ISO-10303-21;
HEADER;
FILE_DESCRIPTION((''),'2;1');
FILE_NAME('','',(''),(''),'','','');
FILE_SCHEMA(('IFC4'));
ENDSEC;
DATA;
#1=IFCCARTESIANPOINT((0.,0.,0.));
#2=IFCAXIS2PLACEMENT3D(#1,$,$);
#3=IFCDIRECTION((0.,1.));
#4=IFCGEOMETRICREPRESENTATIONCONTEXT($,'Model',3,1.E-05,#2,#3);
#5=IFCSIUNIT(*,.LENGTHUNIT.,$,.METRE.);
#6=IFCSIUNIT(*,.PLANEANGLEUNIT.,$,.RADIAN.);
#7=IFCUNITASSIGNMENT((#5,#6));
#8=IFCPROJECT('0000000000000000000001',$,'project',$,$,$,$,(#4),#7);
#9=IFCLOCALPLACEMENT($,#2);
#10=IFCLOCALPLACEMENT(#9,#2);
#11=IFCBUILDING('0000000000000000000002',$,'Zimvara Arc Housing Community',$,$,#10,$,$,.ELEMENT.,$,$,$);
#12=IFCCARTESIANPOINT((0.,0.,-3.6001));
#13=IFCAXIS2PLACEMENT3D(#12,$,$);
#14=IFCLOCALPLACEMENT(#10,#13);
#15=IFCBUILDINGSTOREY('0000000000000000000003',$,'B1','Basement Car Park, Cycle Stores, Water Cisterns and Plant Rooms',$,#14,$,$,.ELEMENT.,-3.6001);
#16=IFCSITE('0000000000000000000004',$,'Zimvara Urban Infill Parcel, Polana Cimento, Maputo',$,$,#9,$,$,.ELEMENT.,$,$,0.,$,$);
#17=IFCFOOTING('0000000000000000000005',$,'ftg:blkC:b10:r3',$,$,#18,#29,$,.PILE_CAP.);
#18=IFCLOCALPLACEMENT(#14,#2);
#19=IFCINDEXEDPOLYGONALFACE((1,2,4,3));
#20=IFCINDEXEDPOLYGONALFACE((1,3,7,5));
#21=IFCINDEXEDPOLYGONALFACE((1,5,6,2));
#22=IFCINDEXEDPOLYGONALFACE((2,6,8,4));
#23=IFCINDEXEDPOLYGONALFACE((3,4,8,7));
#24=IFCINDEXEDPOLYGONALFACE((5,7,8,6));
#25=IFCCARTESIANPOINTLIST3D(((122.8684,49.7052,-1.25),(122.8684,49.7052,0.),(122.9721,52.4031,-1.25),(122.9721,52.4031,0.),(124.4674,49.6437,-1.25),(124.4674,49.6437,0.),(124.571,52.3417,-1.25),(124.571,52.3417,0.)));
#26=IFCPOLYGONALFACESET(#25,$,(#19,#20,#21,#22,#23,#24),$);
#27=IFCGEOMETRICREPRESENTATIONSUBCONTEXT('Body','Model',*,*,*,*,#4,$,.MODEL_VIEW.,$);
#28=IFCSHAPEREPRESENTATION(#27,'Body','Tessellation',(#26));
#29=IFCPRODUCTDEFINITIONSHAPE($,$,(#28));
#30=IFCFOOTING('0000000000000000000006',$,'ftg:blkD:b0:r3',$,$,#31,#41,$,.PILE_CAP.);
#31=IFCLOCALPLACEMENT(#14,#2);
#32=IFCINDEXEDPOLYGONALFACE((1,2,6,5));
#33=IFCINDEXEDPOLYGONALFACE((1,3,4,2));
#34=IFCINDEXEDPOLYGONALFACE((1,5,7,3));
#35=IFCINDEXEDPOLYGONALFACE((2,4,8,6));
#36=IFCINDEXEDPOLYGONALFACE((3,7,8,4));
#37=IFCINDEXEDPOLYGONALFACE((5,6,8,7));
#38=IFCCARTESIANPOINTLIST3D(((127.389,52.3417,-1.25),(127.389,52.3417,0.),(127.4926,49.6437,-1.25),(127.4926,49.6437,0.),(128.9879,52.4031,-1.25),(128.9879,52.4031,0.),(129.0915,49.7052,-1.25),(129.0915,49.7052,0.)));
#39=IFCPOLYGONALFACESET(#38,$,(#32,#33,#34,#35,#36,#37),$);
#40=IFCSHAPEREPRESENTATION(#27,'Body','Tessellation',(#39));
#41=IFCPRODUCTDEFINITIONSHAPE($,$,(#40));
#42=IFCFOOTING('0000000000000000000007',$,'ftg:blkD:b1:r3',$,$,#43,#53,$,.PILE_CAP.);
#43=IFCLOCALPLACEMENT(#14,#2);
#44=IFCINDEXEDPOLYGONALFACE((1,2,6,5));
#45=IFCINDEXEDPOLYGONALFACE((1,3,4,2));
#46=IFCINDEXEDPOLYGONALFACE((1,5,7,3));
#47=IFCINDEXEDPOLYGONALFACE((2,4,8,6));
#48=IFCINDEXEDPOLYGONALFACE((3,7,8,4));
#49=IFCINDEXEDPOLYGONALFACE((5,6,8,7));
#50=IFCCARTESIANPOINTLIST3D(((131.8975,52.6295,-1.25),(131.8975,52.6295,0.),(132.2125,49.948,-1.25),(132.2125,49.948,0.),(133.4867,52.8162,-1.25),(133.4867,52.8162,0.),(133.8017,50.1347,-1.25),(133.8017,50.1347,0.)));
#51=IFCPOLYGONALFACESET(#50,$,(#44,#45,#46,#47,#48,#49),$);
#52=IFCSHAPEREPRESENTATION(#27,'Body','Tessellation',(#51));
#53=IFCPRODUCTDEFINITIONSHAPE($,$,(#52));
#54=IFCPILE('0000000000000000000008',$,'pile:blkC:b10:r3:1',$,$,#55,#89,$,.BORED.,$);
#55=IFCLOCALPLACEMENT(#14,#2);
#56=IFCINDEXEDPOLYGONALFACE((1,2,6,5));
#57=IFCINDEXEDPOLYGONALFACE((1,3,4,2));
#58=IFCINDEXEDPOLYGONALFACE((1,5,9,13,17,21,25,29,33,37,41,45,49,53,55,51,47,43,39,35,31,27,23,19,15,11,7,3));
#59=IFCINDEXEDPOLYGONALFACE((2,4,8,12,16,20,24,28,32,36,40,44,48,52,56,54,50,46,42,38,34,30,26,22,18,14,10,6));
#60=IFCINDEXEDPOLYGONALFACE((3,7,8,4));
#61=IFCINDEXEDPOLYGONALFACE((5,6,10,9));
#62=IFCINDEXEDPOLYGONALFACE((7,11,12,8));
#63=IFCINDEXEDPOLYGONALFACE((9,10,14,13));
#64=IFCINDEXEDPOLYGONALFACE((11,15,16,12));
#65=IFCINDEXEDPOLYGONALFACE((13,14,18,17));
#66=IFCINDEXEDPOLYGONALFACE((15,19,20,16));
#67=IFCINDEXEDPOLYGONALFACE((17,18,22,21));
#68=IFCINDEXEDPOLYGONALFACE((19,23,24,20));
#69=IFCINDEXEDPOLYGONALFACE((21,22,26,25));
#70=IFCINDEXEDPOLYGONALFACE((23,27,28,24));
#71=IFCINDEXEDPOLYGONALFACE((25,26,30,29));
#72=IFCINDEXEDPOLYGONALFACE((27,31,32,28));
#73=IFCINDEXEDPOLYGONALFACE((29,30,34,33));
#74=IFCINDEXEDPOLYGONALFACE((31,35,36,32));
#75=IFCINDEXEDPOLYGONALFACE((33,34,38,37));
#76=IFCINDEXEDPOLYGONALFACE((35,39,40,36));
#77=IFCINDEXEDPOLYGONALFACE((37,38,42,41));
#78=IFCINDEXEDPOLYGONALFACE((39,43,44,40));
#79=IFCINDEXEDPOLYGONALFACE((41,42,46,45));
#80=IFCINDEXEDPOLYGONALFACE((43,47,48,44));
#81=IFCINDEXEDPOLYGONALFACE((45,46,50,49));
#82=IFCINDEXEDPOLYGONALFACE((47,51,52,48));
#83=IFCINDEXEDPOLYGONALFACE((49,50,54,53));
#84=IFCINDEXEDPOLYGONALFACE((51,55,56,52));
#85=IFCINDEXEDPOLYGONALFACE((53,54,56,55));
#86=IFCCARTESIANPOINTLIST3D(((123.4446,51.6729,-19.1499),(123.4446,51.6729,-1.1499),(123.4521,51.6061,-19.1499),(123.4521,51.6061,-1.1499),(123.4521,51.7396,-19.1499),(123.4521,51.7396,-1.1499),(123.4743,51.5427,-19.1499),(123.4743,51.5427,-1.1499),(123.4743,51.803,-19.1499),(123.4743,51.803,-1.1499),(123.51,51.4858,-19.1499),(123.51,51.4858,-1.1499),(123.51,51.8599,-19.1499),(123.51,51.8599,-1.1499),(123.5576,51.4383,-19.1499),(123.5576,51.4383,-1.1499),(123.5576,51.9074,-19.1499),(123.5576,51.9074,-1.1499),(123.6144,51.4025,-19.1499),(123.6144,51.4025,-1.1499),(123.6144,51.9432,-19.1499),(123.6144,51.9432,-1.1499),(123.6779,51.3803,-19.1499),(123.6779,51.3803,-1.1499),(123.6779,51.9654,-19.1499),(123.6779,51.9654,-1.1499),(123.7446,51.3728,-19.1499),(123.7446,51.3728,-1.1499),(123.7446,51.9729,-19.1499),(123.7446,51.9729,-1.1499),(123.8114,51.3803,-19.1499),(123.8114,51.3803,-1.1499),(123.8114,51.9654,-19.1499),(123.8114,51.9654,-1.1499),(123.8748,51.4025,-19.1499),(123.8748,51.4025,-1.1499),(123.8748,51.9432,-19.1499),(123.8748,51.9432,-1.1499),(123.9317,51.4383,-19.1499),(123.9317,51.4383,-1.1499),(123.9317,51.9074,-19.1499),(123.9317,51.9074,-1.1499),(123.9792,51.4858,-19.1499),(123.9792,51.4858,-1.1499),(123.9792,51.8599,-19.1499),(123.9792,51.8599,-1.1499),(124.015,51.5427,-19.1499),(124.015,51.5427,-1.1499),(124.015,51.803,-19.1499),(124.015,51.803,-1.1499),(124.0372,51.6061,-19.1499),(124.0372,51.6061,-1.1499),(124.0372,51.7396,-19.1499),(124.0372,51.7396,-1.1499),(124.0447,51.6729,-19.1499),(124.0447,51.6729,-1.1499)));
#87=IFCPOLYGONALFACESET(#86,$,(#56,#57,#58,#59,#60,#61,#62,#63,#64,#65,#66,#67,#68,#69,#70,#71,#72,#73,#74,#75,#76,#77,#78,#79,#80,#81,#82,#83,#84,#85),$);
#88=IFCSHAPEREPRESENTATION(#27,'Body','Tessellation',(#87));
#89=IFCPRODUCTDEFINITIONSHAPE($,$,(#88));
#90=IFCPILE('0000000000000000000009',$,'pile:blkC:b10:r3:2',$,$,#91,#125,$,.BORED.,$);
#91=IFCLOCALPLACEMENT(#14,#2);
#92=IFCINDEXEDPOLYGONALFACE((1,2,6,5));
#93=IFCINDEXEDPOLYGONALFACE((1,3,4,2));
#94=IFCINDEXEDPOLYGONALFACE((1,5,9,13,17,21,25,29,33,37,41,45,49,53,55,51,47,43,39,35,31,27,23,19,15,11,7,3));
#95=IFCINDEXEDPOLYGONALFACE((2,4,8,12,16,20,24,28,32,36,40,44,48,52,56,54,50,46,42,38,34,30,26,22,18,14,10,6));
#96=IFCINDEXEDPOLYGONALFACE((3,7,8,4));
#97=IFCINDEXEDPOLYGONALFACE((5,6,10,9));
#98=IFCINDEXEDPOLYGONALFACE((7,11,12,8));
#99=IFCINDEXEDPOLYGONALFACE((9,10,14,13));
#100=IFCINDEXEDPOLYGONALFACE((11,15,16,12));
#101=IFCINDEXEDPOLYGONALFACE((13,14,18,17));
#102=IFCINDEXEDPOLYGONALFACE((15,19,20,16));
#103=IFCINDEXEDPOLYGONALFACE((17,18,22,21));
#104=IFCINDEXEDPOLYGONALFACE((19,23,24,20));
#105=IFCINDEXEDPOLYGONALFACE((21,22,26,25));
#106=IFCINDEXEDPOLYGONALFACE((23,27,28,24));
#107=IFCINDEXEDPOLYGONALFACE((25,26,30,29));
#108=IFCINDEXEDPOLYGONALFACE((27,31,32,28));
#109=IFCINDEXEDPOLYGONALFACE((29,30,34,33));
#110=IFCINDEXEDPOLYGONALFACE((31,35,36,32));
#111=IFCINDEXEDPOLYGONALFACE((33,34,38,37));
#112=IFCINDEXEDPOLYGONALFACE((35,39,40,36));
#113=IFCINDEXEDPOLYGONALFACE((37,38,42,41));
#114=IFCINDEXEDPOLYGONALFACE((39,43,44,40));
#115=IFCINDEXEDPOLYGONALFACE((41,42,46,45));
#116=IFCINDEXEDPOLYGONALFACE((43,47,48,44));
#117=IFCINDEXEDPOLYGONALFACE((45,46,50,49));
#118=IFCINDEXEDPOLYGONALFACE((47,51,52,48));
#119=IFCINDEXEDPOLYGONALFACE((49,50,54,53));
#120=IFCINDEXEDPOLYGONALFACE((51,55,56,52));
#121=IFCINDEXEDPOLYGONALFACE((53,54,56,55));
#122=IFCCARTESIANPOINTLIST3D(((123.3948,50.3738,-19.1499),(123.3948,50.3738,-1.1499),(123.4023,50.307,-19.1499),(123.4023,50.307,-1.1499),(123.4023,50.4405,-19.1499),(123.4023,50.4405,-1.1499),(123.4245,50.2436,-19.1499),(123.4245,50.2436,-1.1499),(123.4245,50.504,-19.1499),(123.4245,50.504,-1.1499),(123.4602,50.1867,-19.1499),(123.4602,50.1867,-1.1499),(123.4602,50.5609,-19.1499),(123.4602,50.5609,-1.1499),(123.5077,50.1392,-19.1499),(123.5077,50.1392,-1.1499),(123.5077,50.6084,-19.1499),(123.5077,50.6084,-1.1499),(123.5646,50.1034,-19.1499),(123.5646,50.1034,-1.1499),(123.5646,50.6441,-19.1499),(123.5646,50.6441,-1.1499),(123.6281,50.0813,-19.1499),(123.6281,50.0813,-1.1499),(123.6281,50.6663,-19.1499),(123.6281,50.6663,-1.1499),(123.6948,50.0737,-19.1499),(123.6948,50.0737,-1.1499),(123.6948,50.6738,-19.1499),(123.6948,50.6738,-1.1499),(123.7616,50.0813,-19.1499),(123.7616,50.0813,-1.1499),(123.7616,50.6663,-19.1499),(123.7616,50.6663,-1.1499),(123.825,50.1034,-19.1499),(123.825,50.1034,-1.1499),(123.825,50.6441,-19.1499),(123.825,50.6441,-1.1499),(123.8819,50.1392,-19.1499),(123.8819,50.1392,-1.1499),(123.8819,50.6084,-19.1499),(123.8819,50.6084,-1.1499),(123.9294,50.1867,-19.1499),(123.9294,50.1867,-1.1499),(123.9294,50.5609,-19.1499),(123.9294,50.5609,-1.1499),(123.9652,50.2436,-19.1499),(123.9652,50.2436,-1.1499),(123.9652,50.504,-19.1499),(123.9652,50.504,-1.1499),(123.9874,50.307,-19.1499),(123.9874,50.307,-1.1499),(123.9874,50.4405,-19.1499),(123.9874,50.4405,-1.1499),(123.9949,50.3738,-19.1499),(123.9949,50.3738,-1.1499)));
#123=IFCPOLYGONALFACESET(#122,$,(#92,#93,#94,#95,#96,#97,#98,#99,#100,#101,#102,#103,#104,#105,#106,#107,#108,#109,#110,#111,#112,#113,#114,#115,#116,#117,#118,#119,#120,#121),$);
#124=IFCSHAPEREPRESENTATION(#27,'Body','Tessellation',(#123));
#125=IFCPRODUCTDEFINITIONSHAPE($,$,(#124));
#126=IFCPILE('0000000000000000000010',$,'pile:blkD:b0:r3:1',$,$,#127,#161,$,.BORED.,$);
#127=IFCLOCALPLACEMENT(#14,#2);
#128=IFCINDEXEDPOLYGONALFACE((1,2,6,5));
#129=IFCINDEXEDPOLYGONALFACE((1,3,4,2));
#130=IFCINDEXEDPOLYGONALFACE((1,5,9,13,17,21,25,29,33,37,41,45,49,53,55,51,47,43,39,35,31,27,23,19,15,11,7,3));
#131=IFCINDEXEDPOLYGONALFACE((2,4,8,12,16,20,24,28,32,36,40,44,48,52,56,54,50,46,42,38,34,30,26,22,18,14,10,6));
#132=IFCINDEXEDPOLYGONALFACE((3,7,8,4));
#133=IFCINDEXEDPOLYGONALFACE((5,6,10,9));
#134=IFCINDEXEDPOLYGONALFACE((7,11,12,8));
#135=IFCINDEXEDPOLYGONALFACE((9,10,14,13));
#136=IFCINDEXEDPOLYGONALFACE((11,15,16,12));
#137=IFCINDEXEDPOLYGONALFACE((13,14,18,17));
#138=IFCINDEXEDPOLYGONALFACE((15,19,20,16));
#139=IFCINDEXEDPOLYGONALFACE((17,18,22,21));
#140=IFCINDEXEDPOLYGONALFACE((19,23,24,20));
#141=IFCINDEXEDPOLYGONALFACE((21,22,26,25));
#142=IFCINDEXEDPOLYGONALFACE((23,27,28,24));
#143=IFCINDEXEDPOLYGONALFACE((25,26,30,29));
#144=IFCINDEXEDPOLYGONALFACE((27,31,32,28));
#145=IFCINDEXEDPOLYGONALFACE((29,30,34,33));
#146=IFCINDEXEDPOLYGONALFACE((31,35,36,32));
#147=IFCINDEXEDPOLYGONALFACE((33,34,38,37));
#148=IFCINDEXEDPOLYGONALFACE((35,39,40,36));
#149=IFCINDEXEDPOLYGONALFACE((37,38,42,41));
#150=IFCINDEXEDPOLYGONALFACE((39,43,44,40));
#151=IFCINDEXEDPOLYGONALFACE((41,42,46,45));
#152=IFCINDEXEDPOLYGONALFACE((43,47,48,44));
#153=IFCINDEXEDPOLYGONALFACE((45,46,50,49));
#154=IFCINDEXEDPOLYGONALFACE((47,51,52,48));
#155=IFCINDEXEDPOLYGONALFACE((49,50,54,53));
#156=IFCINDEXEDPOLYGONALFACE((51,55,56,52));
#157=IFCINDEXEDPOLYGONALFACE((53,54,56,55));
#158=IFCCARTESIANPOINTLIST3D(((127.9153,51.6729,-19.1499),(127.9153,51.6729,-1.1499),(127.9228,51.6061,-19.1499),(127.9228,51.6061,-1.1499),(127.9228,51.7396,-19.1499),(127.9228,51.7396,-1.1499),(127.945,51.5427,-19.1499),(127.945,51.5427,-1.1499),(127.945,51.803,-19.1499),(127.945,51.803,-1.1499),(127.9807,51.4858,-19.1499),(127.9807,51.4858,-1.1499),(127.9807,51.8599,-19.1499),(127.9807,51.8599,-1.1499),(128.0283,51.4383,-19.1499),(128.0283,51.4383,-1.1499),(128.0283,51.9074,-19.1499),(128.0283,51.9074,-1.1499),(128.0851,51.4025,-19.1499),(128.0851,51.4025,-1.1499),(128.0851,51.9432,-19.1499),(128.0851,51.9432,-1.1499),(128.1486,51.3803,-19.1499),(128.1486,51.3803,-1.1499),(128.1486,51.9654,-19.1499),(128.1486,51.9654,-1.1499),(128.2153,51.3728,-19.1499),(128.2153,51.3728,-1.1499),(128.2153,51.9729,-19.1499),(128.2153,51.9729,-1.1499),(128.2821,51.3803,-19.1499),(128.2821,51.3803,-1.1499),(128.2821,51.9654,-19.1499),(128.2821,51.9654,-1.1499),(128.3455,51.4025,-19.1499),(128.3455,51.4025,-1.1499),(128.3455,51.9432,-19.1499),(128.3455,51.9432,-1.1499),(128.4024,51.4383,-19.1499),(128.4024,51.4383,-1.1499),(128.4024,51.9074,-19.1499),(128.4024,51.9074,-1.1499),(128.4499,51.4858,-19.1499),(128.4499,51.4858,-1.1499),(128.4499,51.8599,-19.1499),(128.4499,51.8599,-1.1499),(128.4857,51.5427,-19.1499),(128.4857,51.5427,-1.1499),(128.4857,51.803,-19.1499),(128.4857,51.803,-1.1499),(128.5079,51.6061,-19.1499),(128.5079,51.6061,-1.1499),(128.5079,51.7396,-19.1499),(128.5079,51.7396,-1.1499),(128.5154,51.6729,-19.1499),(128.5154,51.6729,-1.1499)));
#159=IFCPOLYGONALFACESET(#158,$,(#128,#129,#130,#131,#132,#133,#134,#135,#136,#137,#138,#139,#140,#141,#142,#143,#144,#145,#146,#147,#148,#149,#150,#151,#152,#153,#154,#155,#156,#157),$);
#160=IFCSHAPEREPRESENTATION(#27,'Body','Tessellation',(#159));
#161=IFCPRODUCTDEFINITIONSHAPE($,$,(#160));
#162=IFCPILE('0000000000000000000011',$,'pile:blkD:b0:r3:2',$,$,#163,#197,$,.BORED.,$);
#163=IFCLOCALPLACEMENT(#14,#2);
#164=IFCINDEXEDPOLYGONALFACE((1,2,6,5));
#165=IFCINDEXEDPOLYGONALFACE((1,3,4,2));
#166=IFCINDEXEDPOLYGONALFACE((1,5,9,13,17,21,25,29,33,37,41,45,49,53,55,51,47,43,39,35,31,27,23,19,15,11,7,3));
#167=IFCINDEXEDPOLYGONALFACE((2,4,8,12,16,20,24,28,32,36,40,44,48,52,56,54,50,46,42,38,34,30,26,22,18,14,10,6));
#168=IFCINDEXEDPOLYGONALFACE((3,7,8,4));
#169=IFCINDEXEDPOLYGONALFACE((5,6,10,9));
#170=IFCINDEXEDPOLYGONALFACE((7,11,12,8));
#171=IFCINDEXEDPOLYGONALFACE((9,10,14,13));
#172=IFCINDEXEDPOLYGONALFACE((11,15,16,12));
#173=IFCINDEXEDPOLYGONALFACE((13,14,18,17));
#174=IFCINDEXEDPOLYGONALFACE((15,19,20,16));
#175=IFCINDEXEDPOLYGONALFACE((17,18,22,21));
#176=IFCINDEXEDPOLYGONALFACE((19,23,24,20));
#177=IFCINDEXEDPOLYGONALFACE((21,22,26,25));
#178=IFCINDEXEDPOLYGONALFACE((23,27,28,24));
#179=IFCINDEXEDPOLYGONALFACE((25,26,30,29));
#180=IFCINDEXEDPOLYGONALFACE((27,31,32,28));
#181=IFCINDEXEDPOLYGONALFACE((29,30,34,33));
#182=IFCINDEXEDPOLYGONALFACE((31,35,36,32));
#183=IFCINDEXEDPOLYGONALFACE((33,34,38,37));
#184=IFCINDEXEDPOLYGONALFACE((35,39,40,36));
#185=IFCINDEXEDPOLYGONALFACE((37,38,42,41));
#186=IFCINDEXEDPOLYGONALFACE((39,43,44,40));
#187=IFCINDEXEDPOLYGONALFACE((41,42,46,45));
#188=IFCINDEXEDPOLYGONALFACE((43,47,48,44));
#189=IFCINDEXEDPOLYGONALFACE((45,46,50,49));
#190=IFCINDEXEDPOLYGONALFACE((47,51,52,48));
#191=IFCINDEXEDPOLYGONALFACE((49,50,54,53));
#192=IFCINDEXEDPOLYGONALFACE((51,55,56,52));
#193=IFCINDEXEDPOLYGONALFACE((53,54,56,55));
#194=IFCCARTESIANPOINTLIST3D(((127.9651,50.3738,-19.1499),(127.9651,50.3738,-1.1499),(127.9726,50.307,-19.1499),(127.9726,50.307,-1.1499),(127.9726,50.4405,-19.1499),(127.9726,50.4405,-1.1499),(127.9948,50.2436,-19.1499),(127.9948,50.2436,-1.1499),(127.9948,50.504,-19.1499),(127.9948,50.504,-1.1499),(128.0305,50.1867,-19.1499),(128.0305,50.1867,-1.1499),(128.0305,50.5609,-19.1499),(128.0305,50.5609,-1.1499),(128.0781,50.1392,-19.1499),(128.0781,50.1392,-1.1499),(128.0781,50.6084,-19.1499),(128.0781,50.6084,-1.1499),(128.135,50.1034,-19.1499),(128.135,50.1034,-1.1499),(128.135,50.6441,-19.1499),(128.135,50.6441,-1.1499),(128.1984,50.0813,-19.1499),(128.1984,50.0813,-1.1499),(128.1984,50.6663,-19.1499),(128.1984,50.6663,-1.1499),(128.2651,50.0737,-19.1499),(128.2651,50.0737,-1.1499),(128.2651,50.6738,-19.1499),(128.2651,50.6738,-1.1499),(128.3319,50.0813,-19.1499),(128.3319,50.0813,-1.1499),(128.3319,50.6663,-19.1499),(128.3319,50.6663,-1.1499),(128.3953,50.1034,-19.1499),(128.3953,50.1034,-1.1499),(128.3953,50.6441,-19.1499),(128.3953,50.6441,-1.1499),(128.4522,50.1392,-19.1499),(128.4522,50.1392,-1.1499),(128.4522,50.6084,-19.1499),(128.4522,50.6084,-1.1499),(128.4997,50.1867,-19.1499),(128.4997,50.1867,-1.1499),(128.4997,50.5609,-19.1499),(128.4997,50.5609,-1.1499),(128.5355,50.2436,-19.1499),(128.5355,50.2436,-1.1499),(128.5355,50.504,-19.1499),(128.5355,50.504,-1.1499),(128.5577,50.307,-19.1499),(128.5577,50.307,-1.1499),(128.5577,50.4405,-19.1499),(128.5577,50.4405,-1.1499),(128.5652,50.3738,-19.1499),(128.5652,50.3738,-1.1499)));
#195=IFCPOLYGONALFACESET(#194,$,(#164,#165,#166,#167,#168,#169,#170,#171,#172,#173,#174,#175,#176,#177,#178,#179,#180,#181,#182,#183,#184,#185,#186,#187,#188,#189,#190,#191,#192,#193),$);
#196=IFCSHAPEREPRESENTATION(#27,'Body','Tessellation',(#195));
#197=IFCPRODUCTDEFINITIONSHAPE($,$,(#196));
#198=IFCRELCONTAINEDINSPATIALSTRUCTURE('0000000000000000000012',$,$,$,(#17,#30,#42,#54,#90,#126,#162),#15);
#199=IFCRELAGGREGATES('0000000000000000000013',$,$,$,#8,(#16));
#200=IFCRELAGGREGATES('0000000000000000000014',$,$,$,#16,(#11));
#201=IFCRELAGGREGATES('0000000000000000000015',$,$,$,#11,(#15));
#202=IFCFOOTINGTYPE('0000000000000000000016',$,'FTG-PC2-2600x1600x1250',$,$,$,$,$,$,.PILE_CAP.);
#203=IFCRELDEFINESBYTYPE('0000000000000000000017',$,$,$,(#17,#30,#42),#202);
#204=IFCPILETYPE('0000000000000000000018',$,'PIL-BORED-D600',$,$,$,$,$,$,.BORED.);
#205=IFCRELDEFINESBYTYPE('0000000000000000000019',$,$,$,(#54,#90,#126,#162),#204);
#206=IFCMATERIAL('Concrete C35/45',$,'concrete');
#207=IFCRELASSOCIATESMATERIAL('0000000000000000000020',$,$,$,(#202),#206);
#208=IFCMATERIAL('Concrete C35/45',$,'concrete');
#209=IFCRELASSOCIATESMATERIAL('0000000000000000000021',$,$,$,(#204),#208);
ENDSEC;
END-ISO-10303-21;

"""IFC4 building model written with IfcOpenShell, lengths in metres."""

from ifc_helpers import new_model, si_unit, direction, frame, origin, origin_2d, place, context, subcontext, project, spatial, rectangle, circle, extrude, material, material_profile, profile_set, type_object, element, save


model = new_model("IFC4")

# Units and contexts
model_context = context("Model", 3, precision=1e-05, world=origin(), true_north=direction((0.0, 1.0)))
body_context = subcontext(model_context, "Body", "Model", "MODEL_VIEW")
ifc_project = project(units=[si_unit("LENGTHUNIT", "METRE"), si_unit("PLANEANGLEUNIT", "RADIAN")], contexts=[model_context])

# Site, building, storey
site_placement = place(None, origin())
site = spatial("IfcSite", under=ifc_project, at=site_placement, Name="Zimvara Urban Infill Parcel, Polana Cimento, Maputo", CompositionType="ELEMENT", RefElevation=0.0)
building_placement = place(site_placement, origin())
building = spatial("IfcBuilding", under=site, at=building_placement, Name="Zimvara Arc Housing Community", CompositionType="ELEMENT")
storey_placement = place(building_placement, frame((0.0, 0.0, -3.6001)))
storey = spatial("IfcBuildingStorey", under=building, at=storey_placement, Name="B1", Description="Basement Car Park, Cycle Stores, Water Cisterns and Plant Rooms", CompositionType="ELEMENT", Elevation=-3.6001)

# Footings
ifc_material_1 = material(Name="Concrete C35/45", Category="concrete")
footing_type = type_object("IfcFootingType", Name="FTG-PC2-2600x1600x1250", PredefinedType="PILE_CAP", material=ifc_material_1)
for number, where, z_axis, x_axis, name in (
    (1, (123.7197, 51.0234, -1.25), (0.0, 0.0, 1.0), (-0.038388, -0.999263, 0.0), "ftg:blkC:b10:r3"),
    (2, (128.2402, 51.0234, -1.25), (0.0, 0.0, 1.0), (0.038388, -0.999263, 0.0), "ftg:blkD:b0:r3"),
    (3, (132.8496, 51.3821, -1.25), (0.0, 0.0, 1.0), (0.116671, -0.993171, 0.0), "ftg:blkD:b1:r3"),
):
    element("IfcFooting", number, at=place(storey_placement, frame(where, z_axis=z_axis, x_axis=x_axis)), inside=storey, type_object=footing_type, Name=name, PredefinedType="PILE_CAP", context=body_context, shape_type="SweptSolid", body=[
        extrude(rectangle(XDim=2.7, YDim=1.6001, at=origin_2d()), origin(), (0.0, 0.0, 1.0), 1.25),
    ])

# Piles
ifc_material_2 = material(Name="Concrete C35/45", Category="concrete")
ifc_material_profile_1 = material_profile(ifc_material_2, circle(Radius=0.3, at=origin_2d()), Name="PILE D600")
ifc_profile_set_1 = profile_set([ifc_material_profile_1], Name="Concrete C35/45")
pile_type_1 = type_object("IfcPileType", Name="PIL-BORED-D600", PredefinedType="BORED", material=ifc_profile_set_1)
for number, where, z_axis, x_axis, name in (
    (4, (123.7446, 51.6729, -1.1499), (0.0, 0.0, -1.0), (1.0, 0.0, 0.0), "pile:blkC:b10:r3:1"),
    (5, (123.6948, 50.3738, -1.1499), (0.0, 0.0, -1.0), (1.0, 0.0, 0.0), "pile:blkC:b10:r3:2"),
    (6, (128.2153, 51.6729, -1.1499), (0.0, 0.0, -1.0), (1.0, 0.0, 0.0), "pile:blkD:b0:r3:1"),
    (7, (128.2651, 50.3738, -1.1499), (0.0, 0.0, -1.0), (1.0, 0.0, 0.0), "pile:blkD:b0:r3:2"),
):
    element("IfcPile", number, at=place(storey_placement, frame(where, z_axis=z_axis, x_axis=x_axis)), inside=storey, type_object=pile_type_1, Name=name, PredefinedType="BORED", context=body_context, shape_type="SweptSolid", body=[
        extrude(circle(Radius=0.3, at=origin_2d()), origin(), (0.0, 0.0, 1.0), 18.0),
    ])

save(model, "model.ifc")
